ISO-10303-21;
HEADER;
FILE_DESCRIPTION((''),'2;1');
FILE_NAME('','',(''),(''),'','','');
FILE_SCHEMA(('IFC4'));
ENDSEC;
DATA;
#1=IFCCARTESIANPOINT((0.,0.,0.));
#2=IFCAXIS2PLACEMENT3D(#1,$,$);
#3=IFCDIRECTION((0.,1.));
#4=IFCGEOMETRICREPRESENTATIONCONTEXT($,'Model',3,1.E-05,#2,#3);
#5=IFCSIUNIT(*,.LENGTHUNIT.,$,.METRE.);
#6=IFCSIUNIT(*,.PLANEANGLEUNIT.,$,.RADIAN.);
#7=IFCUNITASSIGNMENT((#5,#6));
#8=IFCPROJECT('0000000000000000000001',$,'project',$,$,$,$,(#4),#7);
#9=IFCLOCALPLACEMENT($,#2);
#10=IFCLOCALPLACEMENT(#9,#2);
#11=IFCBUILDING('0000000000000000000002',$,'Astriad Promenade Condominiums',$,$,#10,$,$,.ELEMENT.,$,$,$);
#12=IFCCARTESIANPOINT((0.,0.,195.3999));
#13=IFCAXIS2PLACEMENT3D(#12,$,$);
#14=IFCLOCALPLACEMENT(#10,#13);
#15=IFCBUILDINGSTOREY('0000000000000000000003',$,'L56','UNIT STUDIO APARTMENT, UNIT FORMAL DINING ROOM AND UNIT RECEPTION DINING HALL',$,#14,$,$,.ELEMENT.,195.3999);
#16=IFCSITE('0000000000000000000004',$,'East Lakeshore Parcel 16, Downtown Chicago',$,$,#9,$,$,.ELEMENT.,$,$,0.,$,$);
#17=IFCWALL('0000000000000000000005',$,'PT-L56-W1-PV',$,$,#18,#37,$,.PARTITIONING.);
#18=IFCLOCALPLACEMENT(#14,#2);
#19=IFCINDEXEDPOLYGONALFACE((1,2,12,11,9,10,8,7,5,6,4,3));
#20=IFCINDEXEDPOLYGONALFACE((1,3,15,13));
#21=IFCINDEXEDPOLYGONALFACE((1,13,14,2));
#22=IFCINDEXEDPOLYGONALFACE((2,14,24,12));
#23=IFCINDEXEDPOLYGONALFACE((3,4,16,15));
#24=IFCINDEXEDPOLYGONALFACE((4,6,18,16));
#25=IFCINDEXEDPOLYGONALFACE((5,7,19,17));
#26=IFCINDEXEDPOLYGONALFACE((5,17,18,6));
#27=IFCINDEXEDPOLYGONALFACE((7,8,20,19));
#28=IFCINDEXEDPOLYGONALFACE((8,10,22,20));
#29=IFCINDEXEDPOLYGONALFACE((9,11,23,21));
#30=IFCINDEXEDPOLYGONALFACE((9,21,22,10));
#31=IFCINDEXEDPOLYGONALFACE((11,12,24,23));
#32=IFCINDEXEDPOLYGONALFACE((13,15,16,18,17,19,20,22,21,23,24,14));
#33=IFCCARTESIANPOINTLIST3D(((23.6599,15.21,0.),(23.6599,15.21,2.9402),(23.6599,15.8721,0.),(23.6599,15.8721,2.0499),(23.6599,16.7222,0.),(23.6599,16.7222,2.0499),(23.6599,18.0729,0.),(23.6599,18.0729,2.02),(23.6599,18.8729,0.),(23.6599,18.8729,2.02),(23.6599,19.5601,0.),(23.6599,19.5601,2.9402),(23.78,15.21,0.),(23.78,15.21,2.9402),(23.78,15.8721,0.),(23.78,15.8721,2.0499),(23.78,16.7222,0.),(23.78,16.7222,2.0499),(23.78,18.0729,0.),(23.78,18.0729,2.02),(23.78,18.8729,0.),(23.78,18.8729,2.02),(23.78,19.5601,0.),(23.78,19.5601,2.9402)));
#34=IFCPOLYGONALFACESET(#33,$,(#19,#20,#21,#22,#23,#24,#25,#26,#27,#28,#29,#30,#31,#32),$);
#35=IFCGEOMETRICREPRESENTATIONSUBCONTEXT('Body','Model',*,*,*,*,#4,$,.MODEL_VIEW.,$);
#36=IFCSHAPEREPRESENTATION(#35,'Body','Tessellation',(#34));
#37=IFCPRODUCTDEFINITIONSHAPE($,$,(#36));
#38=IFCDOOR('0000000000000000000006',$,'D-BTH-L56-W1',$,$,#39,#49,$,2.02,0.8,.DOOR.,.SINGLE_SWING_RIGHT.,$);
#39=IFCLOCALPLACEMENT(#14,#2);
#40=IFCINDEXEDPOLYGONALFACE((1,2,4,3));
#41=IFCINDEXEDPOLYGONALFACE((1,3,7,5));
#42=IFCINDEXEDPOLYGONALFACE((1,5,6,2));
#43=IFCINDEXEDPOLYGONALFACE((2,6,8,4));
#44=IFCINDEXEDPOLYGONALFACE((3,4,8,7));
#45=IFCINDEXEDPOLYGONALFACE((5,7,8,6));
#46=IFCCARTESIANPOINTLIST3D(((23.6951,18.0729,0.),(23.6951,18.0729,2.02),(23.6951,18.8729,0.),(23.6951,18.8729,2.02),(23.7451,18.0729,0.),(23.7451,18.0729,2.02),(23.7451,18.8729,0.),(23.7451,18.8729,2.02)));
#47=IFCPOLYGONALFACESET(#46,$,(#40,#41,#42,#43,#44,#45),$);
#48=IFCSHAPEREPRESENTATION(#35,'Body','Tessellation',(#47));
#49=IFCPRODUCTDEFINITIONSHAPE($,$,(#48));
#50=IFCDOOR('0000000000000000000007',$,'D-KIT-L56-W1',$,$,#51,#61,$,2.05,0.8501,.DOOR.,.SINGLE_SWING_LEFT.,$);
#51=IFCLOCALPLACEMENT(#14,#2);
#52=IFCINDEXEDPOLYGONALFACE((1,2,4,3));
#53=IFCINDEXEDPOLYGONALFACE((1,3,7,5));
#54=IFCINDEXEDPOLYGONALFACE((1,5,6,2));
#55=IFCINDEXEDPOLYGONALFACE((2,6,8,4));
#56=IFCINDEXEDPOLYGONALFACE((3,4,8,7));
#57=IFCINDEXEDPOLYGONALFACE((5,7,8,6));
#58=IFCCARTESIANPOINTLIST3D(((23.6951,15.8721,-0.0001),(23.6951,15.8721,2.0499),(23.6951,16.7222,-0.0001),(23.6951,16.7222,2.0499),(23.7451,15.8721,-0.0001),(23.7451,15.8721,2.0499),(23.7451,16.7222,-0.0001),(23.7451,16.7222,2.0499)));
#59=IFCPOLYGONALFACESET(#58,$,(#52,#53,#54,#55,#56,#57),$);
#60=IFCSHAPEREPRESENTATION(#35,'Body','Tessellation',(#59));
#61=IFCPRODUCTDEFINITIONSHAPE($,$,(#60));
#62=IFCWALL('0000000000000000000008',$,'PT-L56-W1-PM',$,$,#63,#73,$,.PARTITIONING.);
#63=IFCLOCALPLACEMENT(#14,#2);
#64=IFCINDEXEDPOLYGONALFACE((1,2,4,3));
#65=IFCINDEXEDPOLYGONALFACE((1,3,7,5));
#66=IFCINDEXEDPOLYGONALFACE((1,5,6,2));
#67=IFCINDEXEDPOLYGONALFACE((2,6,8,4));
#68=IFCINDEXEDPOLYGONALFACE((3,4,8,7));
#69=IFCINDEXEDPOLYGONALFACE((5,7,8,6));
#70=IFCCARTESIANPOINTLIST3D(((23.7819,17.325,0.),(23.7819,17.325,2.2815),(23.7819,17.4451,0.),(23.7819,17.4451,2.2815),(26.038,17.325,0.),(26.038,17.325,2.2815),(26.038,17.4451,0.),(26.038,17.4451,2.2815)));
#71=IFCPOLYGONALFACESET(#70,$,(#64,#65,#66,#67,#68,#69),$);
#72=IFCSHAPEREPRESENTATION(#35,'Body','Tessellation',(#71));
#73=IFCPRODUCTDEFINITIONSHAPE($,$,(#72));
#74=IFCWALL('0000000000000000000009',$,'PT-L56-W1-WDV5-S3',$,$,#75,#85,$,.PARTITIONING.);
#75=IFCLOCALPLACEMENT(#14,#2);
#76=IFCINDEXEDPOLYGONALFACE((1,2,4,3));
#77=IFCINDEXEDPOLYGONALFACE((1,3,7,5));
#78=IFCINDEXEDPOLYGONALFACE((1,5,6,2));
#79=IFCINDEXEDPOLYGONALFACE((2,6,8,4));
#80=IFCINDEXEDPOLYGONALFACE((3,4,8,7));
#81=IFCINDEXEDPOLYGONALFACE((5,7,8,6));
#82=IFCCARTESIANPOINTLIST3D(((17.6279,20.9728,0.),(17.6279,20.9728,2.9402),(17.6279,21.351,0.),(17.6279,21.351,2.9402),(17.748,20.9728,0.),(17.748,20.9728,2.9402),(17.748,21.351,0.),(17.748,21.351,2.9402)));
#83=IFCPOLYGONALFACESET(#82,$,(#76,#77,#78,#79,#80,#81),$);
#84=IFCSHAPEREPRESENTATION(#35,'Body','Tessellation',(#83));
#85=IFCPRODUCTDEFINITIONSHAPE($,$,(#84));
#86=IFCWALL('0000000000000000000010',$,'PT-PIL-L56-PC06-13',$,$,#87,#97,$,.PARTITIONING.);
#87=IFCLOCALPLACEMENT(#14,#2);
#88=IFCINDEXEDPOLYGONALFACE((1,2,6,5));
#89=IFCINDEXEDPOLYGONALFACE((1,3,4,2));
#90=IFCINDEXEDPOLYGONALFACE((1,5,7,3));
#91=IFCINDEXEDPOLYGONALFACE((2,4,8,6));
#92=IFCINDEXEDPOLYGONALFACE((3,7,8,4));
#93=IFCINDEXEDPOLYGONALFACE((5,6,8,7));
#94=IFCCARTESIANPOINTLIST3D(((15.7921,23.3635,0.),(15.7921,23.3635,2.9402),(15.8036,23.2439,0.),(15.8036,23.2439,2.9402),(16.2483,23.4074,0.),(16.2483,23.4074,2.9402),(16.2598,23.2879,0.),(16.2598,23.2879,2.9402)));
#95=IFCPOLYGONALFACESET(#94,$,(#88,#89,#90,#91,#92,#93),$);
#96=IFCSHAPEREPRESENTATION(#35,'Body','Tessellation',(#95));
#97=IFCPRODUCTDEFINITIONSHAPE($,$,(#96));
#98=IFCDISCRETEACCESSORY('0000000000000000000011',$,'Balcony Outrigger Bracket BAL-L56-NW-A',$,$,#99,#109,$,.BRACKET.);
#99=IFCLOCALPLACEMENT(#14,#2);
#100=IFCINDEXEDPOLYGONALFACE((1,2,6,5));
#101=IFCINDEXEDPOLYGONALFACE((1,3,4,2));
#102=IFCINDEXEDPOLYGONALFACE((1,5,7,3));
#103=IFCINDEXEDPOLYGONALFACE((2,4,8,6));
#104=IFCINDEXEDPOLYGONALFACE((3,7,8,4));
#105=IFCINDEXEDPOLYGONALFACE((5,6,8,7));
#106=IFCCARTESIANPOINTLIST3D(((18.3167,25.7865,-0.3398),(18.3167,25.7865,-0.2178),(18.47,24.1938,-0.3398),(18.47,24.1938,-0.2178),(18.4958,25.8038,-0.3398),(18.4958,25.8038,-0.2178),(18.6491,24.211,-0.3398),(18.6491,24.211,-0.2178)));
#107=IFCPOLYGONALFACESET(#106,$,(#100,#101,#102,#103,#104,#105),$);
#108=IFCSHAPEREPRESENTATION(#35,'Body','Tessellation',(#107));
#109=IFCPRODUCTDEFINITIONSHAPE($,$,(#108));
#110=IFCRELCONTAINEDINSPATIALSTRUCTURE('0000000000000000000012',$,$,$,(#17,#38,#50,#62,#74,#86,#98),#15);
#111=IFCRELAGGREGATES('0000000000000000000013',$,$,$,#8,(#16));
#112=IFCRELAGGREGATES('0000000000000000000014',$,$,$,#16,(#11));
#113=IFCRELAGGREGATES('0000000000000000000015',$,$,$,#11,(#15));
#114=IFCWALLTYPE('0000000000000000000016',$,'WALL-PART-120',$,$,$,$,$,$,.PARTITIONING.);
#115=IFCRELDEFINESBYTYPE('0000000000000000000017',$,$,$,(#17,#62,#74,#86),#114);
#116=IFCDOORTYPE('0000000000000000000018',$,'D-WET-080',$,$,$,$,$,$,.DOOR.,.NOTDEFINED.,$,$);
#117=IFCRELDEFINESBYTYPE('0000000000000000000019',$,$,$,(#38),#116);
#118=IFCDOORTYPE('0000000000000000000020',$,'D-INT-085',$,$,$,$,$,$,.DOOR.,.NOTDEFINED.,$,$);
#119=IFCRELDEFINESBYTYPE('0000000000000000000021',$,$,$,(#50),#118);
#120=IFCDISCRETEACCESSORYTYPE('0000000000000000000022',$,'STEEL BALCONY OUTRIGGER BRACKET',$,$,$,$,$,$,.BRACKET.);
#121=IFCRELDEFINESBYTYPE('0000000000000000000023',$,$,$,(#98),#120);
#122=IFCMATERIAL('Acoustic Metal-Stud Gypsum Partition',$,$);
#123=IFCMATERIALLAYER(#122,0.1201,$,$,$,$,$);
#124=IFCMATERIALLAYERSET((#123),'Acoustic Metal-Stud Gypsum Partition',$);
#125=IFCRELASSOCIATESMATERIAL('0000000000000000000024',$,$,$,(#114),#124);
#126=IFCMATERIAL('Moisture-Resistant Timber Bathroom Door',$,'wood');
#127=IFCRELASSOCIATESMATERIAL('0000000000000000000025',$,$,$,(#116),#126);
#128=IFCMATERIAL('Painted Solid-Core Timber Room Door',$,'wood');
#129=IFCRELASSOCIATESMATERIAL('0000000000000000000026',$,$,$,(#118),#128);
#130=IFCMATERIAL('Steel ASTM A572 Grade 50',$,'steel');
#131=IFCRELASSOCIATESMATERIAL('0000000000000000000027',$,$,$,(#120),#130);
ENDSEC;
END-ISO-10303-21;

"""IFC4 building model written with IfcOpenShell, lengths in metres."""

from ifc_helpers import new_model, si_unit, direction, frame, frame_2d, origin, origin_2d, place, context, subcontext, project, spatial, rectangle, extrude, source, transform, mapped, material, layer, layer_set, type_object, type_shapes, element, fill, save


model = new_model("IFC4")

# Units and contexts
model_context = context("Model", 3, precision=1e-05, world=origin(), true_north=direction((0.0, 1.0)))
body_context = subcontext(model_context, "Body", "Model", "MODEL_VIEW")
ifc_project = project(units=[si_unit("LENGTHUNIT", "METRE"), si_unit("PLANEANGLEUNIT", "RADIAN")], contexts=[model_context])

# Site, building, storey
site_placement = place(None, origin())
site = spatial("IfcSite", under=ifc_project, at=site_placement, Name="East Lakeshore Parcel 16, Downtown Chicago", CompositionType="ELEMENT", RefElevation=0.0)
building_placement = place(site_placement, origin())
building = spatial("IfcBuilding", under=site, at=building_placement, Name="Astriad Promenade Condominiums", CompositionType="ELEMENT")
storey_placement = place(building_placement, frame((0.0, 0.0, 195.3999)))
storey = spatial("IfcBuildingStorey", under=building, at=storey_placement, Name="L56", Description="UNIT STUDIO APARTMENT, UNIT FORMAL DINING ROOM AND UNIT RECEPTION DINING HALL", CompositionType="ELEMENT", Elevation=195.3999)

# Wall, openings, doors
ifc_material_1 = material(Name="Acoustic Metal-Stud Gypsum Partition")
ifc_layer_1 = layer(ifc_material_1, 0.1201)
ifc_layer_set_1 = layer_set([ifc_layer_1], Name="Acoustic Metal-Stud Gypsum Partition")
wall_type_1 = type_object("IfcWallType", Name="WALL-PART-120", PredefinedType="PARTITIONING", material=ifc_layer_set_1)
wall_1_placement = place(storey_placement, frame((23.72, 15.21, 0.0), z_axis=(0.0, 0.0, 1.0), x_axis=(0.0, 1.0, 0.0)))
wall_1 = element("IfcWall", 1, at=wall_1_placement, inside=storey, type_object=wall_type_1, Name="PT-L56-W1-PV", PredefinedType="PARTITIONING", context=body_context, shape_type="SweptSolid", body=[
    extrude(rectangle(XDim=4.3501, YDim=0.1201, at=frame_2d((2.175, 0.0))), origin(), (0.0, 0.0, 1.0), 2.9402),
])
opening_1_placement = place(wall_1_placement, frame((0.6621, 0.0, 0.0)))
opening_1 = element("IfcOpeningElement", 2, at=opening_1_placement, cuts=wall_1, PredefinedType="OPENING", context=body_context, shape_type="SweptSolid", body=[
    extrude(rectangle(XDim=0.8501, YDim=2.05, at=frame_2d((0.425, 1.0249))), frame((0.0, 0.0701, 0.0), z_axis=(0.0, -1.0, 0.0), x_axis=(1.0, 0.0, 0.0)), (0.0, 0.0, 1.0), 0.1401),
])
opening_2_placement = place(wall_1_placement, frame((2.863, 0.0, 0.0)))
opening_2 = element("IfcOpeningElement", 3, at=opening_2_placement, cuts=wall_1, PredefinedType="OPENING", context=body_context, shape_type="SweptSolid", body=[
    extrude(rectangle(XDim=0.8, YDim=2.02, at=frame_2d((0.3999, 1.01))), frame((0.0, 0.0701, 0.0), z_axis=(0.0, -1.0, 0.0), x_axis=(1.0, 0.0, 0.0)), (0.0, 0.0, 1.0), 0.1401),
])
ifc_material_2 = material(Name="Moisture-Resistant Timber Bathroom Door", Category="wood")
door_type_1 = type_object("IfcDoorType", Name="D-WET-080", OperationType="NOTDEFINED", PredefinedType="DOOR", material=ifc_material_2)
shared_shape_1 = source(origin(), body_context, "Body", "SweptSolid", [
    extrude(rectangle(XDim=0.8, YDim=2.02, at=frame_2d((0.3999, 1.01))), frame((0.0, 0.0249, 0.0), z_axis=(0.0, -1.0, 0.0), x_axis=(1.0, 0.0, 0.0)), (0.0, 0.0, 1.0), 0.05),
])
type_shapes(door_type_1, [shared_shape_1])
door_1_placement = place(opening_2_placement, origin())
door_1 = element("IfcDoor", 4, at=door_1_placement, inside=storey, type_object=door_type_1, Name="D-BTH-L56-W1", OperationType="SINGLE_SWING_RIGHT", OverallHeight=2.02, OverallWidth=0.8, PredefinedType="DOOR", context=body_context, shape_type="MappedRepresentation", body=[
    mapped(shared_shape_1, transform((0.0, 0.0, 0.0), scale=1.0)),
])
fill(opening_2, door_1)
ifc_material_3 = material(Name="Painted Solid-Core Timber Room Door", Category="wood")
door_type_2 = type_object("IfcDoorType", Name="D-INT-085", OperationType="NOTDEFINED", PredefinedType="DOOR", material=ifc_material_3)
shared_shape_2 = source(origin(), body_context, "Body", "SweptSolid", [
    extrude(rectangle(XDim=0.8501, YDim=2.05, at=frame_2d((0.425, 1.0249))), frame((0.0, 0.0249, 0.0), z_axis=(0.0, -1.0, 0.0), x_axis=(1.0, 0.0, 0.0)), (0.0, 0.0, 1.0), 0.05),
])
type_shapes(door_type_2, [shared_shape_2])
door_2_placement = place(opening_1_placement, origin())
door_2 = element("IfcDoor", 5, at=door_2_placement, inside=storey, type_object=door_type_2, Name="D-KIT-L56-W1", OperationType="SINGLE_SWING_LEFT", OverallHeight=2.05, OverallWidth=0.8501, PredefinedType="DOOR", context=body_context, shape_type="MappedRepresentation", body=[
    mapped(shared_shape_2, transform((0.0, 0.0, 0.0), scale=1.0)),
])
fill(opening_1, door_2)

# Walls
wall_2_placement = place(storey_placement, frame((23.782, 17.385, 0.0), z_axis=(0.0, 0.0, 1.0), x_axis=(1.0, 0.0, 0.0)))
element("IfcWall", 6, at=wall_2_placement, inside=storey, type_object=wall_type_1, Name="PT-L56-W1-PM", PredefinedType="PARTITIONING", context=body_context, shape_type="SweptSolid", body=[
    extrude(rectangle(XDim=2.2561, YDim=0.1201, at=frame_2d((1.1279, 0.0))), origin(), (0.0, 0.0, 1.0), 2.2815),
])
wall_3_placement = place(storey_placement, frame((17.688, 20.9729, 0.0), z_axis=(0.0, 0.0, 1.0), x_axis=(0.0, 1.0, 0.0)))
element("IfcWall", 7, at=wall_3_placement, inside=storey, type_object=wall_type_1, Name="PT-L56-W1-WDV5-S3", PredefinedType="PARTITIONING", context=body_context, shape_type="SweptSolid", body=[
    extrude(rectangle(XDim=0.3782, YDim=0.1201, at=frame_2d((0.189, 0.0))), origin(), (0.0, 0.0, 1.0), 2.9402),
])
wall_4_placement = place(storey_placement, frame((16.2539, 23.3477, 0.0), z_axis=(0.0, 0.0, 1.0), x_axis=(-0.995389, -0.095915, 0.0)))
element("IfcWall", 8, at=wall_4_placement, inside=storey, type_object=wall_type_1, Name="PT-PIL-L56-PC06-13", PredefinedType="PARTITIONING", context=body_context, shape_type="SweptSolid", body=[
    extrude(rectangle(XDim=0.4583, YDim=0.1201, at=frame_2d((0.229, 0.0))), origin(), (0.0, 0.0, 1.0), 2.9402),
])

# Discrete accessory
ifc_material_4 = material(Name="Steel ASTM A572 Grade 50", Category="steel")
discrete_accessory_type = type_object("IfcDiscreteAccessoryType", Name="STEEL BALCONY OUTRIGGER BRACKET", PredefinedType="BRACKET", material=ifc_material_4)
shared_shape_3 = source(origin(), body_context, "Body", "SweptSolid", [
    extrude(rectangle(XDim=1.6001, YDim=0.1799, at=origin_2d()), origin(), (0.0, 0.0, 1.0), 0.1221),
])
type_shapes(discrete_accessory_type, [shared_shape_3])
discrete_accessory_placement = place(storey_placement, frame((18.4829, 24.9988, -0.3398), z_axis=(0.0, 0.0, 1.0), x_axis=(-0.095846, 0.995396, 0.0)))
element("IfcDiscreteAccessory", 9, at=discrete_accessory_placement, inside=storey, type_object=discrete_accessory_type, Name="Balcony Outrigger Bracket BAL-L56-NW-A", PredefinedType="BRACKET", context=body_context, shape_type="MappedRepresentation", body=[
    mapped(shared_shape_3, transform((0.0, 0.0, 0.0), scale=1.0)),
])

save(model, "model.ifc")
